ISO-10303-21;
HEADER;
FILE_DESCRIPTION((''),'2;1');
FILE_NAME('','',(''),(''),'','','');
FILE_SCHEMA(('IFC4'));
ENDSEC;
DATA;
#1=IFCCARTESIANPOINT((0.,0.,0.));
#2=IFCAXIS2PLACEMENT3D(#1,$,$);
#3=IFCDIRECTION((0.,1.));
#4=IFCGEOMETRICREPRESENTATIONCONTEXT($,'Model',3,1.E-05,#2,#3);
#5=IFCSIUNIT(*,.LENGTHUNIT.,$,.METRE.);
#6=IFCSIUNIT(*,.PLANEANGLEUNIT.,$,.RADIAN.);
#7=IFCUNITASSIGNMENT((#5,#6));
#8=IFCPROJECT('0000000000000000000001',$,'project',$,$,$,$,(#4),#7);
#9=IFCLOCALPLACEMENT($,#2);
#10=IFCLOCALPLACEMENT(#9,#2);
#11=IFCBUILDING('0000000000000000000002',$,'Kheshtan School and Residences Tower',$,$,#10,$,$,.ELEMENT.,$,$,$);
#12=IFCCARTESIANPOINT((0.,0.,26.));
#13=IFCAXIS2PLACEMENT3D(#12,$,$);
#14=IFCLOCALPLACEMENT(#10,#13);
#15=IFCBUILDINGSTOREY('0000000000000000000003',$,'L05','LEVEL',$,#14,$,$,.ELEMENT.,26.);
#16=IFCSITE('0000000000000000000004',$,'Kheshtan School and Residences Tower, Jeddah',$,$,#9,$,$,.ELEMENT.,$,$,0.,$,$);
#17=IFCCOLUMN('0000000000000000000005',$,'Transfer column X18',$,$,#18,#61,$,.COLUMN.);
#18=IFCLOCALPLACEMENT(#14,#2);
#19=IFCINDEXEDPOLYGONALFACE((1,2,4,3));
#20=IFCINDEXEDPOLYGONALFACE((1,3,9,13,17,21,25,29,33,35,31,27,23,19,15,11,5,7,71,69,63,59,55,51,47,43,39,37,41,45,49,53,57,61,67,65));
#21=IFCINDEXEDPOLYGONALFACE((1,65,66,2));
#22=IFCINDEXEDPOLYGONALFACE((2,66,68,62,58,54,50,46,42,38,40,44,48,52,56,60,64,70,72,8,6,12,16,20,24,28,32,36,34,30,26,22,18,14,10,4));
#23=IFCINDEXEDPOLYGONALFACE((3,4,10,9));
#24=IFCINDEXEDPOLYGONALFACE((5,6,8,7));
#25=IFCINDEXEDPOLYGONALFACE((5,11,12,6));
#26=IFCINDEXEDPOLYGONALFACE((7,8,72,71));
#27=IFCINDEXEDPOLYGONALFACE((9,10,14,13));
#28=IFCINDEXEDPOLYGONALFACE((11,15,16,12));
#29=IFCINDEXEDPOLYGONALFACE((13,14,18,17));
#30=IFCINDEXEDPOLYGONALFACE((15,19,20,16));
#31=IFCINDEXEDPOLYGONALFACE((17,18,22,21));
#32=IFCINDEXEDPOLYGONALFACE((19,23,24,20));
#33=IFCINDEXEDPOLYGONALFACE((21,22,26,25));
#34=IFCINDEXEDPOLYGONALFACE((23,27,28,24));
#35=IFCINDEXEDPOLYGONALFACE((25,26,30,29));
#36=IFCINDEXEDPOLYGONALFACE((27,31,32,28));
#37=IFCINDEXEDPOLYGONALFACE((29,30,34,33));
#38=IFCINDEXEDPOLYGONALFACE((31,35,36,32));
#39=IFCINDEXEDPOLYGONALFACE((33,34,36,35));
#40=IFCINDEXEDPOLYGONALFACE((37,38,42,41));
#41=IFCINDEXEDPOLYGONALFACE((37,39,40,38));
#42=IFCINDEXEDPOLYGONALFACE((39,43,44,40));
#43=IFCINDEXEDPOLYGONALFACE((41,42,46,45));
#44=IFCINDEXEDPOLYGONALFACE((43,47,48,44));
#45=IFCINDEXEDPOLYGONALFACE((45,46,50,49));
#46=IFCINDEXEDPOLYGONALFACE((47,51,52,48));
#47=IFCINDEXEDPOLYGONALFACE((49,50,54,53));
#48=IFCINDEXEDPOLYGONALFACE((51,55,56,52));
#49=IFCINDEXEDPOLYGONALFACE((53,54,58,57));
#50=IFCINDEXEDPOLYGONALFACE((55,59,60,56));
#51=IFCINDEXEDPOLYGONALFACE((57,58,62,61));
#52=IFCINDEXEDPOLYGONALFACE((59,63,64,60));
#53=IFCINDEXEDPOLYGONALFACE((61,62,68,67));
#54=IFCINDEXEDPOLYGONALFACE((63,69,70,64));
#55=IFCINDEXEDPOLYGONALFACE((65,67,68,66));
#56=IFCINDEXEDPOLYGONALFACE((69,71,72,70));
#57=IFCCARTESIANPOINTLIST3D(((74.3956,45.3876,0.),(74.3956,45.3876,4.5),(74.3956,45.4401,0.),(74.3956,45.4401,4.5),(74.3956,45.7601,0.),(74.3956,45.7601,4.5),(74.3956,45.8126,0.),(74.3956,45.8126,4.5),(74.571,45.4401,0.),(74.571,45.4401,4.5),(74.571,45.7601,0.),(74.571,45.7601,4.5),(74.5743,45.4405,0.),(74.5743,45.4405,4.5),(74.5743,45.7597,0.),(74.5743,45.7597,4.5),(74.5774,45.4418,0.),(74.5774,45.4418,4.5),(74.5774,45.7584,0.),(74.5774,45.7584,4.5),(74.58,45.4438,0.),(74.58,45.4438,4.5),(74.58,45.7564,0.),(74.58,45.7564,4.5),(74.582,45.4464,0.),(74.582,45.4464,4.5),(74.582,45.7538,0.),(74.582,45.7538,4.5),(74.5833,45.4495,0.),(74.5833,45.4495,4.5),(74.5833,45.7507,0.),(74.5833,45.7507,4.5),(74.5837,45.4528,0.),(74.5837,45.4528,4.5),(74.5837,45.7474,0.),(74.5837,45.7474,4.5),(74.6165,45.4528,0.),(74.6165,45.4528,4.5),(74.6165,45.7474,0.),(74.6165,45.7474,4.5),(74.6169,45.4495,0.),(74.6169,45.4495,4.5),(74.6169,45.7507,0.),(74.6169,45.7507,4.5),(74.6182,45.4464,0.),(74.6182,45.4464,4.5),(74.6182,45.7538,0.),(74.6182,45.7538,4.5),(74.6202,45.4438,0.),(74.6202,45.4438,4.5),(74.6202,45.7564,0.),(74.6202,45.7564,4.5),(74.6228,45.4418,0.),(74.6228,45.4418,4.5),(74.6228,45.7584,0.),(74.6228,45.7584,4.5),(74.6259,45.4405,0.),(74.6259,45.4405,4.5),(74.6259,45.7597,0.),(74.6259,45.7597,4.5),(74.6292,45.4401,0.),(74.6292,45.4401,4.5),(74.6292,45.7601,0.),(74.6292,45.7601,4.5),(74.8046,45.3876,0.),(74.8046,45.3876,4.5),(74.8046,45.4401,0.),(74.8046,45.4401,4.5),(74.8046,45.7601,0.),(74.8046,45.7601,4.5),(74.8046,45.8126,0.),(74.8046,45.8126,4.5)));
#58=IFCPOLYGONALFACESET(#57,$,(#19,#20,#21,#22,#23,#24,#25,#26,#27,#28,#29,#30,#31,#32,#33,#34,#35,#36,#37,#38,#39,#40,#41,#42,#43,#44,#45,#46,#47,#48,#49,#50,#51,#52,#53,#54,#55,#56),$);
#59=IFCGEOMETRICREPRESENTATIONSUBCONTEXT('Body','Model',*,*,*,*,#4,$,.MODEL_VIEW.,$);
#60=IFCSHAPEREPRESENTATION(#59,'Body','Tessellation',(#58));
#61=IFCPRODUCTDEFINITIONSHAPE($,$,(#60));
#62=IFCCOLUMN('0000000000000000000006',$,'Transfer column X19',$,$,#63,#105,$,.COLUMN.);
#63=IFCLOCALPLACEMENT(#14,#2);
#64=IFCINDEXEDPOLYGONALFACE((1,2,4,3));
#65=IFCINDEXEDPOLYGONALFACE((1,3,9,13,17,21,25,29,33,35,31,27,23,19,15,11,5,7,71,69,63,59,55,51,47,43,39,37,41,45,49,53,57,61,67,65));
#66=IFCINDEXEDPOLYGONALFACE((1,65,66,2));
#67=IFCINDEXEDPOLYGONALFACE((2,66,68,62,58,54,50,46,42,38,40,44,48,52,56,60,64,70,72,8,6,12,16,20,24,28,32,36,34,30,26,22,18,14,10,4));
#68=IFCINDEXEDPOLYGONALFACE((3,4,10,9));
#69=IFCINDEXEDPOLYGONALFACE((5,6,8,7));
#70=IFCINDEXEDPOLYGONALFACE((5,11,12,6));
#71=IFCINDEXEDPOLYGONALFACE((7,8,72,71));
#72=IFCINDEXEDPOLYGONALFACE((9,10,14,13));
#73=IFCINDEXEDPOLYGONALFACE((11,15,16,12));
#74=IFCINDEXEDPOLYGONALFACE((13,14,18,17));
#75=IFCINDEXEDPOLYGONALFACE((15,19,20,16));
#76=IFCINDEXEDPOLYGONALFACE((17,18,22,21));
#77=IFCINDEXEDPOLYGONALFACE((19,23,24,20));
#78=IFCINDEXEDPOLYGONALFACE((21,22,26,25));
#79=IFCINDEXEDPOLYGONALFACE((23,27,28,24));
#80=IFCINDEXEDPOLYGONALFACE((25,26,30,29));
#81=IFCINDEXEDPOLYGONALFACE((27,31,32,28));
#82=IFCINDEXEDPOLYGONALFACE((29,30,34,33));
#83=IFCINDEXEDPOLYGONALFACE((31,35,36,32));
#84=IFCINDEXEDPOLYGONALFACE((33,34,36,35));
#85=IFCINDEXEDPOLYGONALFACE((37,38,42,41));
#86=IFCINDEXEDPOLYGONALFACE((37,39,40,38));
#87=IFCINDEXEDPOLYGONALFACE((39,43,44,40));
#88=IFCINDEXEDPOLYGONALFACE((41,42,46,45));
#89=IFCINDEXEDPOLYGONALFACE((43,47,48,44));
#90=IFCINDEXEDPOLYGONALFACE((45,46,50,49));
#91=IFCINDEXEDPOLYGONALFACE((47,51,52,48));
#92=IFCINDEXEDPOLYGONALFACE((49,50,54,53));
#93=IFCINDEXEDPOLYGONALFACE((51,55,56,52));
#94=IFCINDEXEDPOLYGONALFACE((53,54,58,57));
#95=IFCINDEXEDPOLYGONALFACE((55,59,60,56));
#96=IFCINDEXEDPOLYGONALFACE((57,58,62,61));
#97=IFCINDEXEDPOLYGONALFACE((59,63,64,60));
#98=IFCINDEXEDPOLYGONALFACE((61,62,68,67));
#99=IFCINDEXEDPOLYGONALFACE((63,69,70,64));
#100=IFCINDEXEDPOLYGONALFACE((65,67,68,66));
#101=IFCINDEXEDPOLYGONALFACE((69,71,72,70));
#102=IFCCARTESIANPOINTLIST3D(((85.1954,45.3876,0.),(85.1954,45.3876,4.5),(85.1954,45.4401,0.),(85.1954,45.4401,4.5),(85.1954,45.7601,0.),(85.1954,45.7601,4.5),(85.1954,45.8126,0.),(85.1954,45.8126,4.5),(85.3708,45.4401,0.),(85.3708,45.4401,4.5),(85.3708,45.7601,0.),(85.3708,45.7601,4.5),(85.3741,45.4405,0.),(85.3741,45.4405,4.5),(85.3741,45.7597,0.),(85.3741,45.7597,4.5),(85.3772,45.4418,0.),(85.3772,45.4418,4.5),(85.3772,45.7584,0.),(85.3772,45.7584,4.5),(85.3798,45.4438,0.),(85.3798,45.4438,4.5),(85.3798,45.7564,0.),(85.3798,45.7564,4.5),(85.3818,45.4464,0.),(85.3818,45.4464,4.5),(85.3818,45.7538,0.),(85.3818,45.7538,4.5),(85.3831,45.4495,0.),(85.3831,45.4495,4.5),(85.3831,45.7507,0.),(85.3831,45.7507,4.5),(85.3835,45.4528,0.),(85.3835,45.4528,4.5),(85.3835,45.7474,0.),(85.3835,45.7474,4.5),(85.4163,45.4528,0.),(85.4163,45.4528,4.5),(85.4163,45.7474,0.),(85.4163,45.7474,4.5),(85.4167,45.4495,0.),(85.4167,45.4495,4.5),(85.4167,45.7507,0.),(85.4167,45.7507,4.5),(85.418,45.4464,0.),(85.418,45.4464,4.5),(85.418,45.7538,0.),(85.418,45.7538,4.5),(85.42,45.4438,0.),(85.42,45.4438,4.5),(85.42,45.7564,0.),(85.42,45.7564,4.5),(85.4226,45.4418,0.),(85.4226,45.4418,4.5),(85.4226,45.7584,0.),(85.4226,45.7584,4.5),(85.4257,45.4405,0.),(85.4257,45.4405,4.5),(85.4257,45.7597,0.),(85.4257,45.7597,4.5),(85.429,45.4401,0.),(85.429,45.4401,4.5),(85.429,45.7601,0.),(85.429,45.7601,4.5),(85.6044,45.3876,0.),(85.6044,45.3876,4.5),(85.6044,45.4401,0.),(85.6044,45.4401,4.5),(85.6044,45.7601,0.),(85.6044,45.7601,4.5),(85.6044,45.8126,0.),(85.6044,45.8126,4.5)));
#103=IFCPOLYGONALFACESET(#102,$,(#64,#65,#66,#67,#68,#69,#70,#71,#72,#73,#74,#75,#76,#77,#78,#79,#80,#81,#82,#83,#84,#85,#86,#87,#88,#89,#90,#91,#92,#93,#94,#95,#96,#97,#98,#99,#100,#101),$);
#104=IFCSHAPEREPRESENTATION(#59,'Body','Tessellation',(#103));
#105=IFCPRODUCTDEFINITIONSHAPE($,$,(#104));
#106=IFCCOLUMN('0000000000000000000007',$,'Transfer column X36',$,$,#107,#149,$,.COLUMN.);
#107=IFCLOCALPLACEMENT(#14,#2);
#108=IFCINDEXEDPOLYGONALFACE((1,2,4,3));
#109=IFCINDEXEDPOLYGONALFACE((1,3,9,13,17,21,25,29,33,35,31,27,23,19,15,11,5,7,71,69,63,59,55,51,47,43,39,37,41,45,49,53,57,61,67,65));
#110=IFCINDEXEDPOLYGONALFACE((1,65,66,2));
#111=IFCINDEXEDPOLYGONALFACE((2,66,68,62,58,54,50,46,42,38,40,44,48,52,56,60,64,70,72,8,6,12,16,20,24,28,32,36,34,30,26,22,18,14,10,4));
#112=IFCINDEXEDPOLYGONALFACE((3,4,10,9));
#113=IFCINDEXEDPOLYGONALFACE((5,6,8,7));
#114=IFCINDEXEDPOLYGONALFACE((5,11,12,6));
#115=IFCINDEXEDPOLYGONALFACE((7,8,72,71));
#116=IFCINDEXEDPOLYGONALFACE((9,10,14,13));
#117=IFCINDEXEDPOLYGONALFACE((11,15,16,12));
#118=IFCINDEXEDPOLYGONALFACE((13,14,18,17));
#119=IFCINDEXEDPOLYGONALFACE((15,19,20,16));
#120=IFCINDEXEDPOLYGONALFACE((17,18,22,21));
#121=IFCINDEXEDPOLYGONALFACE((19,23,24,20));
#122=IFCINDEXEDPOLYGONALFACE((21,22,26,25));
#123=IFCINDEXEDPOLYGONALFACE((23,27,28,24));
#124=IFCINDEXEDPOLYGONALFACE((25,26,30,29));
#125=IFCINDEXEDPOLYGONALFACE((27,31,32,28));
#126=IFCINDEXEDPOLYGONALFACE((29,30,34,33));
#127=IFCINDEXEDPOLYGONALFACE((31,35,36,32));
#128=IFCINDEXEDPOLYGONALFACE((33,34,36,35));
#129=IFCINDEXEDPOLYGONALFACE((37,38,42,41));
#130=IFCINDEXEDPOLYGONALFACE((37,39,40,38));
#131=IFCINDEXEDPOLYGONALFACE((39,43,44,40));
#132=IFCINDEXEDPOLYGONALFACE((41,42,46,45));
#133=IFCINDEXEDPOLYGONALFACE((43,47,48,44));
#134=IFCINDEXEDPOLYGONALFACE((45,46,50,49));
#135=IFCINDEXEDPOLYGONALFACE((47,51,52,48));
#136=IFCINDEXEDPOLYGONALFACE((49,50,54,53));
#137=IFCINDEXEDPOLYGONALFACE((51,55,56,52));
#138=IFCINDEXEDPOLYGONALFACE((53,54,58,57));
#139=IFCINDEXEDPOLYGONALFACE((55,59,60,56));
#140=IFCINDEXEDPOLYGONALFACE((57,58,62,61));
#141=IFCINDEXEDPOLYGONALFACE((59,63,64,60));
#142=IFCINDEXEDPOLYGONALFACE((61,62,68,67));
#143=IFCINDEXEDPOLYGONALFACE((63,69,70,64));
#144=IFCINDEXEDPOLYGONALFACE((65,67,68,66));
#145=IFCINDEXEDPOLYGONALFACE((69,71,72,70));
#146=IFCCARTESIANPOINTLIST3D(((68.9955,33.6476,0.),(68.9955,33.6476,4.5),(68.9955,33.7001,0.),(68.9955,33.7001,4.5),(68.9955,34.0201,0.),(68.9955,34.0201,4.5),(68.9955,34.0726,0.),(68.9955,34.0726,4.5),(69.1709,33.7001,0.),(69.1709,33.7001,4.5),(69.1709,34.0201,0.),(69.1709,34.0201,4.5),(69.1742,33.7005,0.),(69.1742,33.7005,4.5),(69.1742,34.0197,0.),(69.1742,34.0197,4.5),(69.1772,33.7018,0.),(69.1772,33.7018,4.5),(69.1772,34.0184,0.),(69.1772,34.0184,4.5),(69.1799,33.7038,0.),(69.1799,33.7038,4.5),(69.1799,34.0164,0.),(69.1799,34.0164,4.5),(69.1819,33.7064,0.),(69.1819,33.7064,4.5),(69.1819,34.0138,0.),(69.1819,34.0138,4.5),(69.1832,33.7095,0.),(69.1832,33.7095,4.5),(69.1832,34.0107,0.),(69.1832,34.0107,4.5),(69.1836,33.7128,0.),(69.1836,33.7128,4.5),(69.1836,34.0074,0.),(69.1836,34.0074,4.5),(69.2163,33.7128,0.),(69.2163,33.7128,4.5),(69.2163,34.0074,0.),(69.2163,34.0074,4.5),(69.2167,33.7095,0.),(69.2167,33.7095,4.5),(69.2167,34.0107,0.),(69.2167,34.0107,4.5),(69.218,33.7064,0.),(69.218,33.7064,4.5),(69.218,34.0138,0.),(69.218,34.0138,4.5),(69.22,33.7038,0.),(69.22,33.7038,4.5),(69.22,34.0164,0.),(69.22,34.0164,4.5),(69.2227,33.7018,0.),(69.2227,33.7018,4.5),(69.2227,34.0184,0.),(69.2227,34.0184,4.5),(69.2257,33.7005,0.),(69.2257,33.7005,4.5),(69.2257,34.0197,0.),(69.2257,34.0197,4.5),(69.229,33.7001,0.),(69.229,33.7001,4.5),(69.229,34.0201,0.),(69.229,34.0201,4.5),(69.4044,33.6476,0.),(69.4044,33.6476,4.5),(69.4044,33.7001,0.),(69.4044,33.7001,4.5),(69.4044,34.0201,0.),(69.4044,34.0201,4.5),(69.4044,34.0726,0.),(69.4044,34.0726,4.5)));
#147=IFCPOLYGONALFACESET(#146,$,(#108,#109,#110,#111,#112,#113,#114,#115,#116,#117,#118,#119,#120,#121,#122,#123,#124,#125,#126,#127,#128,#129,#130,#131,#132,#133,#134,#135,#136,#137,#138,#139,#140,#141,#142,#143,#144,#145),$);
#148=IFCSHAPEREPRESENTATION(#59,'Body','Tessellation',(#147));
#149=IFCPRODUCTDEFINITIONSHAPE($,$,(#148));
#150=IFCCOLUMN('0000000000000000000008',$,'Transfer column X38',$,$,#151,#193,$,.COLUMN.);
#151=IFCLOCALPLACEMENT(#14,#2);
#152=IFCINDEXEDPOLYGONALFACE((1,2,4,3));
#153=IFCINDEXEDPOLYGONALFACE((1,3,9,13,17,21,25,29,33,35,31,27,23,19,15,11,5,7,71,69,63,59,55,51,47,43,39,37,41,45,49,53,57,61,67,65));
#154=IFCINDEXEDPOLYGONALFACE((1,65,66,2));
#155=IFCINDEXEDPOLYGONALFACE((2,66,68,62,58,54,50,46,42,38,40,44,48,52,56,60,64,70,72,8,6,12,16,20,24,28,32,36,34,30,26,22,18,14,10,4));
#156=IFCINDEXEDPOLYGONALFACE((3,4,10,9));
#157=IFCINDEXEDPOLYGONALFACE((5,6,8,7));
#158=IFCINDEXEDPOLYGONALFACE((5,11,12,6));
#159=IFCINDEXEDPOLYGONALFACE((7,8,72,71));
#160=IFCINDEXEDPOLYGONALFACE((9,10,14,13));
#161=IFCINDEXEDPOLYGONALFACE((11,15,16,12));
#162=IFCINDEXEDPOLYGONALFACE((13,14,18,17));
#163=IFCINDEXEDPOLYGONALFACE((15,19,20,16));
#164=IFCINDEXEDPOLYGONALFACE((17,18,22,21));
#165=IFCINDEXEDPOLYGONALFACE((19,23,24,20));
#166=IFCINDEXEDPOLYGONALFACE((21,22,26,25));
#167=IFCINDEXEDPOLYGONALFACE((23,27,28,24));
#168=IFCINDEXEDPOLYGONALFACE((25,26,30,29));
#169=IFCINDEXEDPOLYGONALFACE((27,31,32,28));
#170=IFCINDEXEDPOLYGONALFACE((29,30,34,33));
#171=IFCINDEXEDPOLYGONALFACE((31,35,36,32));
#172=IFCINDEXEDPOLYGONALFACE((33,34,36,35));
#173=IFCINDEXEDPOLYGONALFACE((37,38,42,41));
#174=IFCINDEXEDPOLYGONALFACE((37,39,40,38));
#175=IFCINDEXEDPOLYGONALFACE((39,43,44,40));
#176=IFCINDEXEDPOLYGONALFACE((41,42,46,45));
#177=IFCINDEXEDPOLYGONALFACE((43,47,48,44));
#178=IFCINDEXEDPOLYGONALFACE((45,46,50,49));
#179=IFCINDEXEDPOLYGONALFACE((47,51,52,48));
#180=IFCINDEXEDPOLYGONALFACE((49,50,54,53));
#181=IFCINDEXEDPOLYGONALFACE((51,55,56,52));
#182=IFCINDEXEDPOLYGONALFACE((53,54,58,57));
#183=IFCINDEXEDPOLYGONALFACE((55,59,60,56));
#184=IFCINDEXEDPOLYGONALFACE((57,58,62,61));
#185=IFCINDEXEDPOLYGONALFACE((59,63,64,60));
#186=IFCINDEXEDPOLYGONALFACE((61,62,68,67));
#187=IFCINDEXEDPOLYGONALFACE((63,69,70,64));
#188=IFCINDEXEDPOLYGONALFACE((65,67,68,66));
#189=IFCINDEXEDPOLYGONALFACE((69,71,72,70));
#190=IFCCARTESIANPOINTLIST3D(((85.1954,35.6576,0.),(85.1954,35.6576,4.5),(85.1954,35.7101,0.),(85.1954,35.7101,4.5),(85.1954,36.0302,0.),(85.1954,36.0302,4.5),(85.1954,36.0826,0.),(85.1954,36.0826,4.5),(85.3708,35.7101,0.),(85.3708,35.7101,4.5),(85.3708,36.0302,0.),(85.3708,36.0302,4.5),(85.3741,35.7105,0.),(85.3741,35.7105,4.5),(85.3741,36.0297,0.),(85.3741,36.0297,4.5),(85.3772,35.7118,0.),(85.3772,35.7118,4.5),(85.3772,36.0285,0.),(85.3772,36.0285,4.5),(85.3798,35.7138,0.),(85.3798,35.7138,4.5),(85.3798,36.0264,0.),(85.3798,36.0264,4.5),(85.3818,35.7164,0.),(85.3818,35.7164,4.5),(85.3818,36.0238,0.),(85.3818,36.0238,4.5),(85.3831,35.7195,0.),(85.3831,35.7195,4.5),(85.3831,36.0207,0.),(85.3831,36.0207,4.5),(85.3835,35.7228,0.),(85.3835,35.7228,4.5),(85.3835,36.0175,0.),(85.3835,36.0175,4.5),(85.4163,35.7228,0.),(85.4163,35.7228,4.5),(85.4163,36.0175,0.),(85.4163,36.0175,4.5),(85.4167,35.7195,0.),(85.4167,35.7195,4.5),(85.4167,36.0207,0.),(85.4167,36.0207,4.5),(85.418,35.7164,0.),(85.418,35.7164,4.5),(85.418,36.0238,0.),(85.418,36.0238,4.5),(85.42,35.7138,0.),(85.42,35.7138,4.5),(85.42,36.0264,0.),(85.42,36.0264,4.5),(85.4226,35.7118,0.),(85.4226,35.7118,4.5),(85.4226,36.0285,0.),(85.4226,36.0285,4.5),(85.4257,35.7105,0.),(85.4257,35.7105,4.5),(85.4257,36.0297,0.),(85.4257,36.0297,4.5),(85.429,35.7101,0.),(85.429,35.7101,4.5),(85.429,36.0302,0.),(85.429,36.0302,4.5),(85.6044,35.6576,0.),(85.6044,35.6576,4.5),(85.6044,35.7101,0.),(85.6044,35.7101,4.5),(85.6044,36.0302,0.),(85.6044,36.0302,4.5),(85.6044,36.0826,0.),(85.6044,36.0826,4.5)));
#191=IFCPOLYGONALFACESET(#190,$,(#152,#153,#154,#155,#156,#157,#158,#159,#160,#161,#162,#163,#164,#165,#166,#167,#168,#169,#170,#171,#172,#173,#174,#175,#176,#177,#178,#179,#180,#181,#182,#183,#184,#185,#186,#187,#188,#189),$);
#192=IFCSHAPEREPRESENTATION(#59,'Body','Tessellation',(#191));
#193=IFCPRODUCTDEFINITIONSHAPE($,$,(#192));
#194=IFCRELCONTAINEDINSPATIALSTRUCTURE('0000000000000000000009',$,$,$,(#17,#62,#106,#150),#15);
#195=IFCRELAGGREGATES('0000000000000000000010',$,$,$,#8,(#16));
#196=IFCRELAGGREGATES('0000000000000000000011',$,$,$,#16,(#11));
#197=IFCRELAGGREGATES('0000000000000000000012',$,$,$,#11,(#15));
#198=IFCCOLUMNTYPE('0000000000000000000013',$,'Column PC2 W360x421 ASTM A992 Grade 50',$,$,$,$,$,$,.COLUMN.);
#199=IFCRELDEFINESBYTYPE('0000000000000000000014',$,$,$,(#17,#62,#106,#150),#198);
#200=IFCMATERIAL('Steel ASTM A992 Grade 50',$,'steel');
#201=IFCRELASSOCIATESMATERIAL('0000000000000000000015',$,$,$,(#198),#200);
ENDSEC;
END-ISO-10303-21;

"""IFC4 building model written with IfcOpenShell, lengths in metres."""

from ifc_helpers import new_model, si_unit, direction, frame, origin, origin_2d, place, context, subcontext, project, spatial, i_section, extrude, material, material_profile, profile_set, type_object, element, save


model = new_model("IFC4")

# Units and contexts
model_context = context("Model", 3, precision=1e-05, world=origin(), true_north=direction((0.0, 1.0)))
body_context = subcontext(model_context, "Body", "Model", "MODEL_VIEW")
ifc_project = project(units=[si_unit("LENGTHUNIT", "METRE"), si_unit("PLANEANGLEUNIT", "RADIAN")], contexts=[model_context])

# Site, building, storey
site_placement = place(None, origin())
site = spatial("IfcSite", under=ifc_project, at=site_placement, Name="Kheshtan School and Residences Tower, Jeddah", CompositionType="ELEMENT", RefElevation=0.0)
building_placement = place(site_placement, origin())
building = spatial("IfcBuilding", under=site, at=building_placement, Name="Kheshtan School and Residences Tower", CompositionType="ELEMENT")
storey_placement = place(building_placement, frame((0.0, 0.0, 26.0)))
storey = spatial("IfcBuildingStorey", under=building, at=storey_placement, Name="L05", Description="LEVEL", CompositionType="ELEMENT", Elevation=26.0)

# Columns
ifc_material_1 = material(Name="Steel ASTM A992 Grade 50", Category="steel")
ifc_material_profile = material_profile(ifc_material_1, i_section(OverallWidth=0.4089, OverallDepth=0.425, WebThickness=0.0327, FlangeThickness=0.0525, FilletRadius=0.0127, at=origin_2d()), Name="W360x421")
ifc_profile_set = profile_set([ifc_material_profile], Name="Steel ASTM A992 Grade 50")
column_type = type_object("IfcColumnType", Name="Column PC2 W360x421 ASTM A992 Grade 50", PredefinedType="COLUMN", material=ifc_profile_set)
for number, where, z_axis, x_axis, name in (
    (1, (74.6001, 45.6001, 0.0), (0.0, 0.0, 1.0), (1.0, 0.0, 0.0), "Transfer column X18"),
    (2, (85.3999, 45.6001, 0.0), (0.0, 0.0, 1.0), (1.0, 0.0, 0.0), "Transfer column X19"),
    (3, (69.2, 33.8601, 0.0), (0.0, 0.0, 1.0), (1.0, 0.0, 0.0), "Transfer column X36"),
    (4, (85.3999, 35.8701, 0.0), (0.0, 0.0, 1.0), (1.0, 0.0, 0.0), "Transfer column X38"),
):
    element("IfcColumn", number, at=place(storey_placement, frame(where, z_axis=z_axis, x_axis=x_axis)), inside=storey, type_object=column_type, Name=name, PredefinedType="COLUMN", context=body_context, shape_type="SweptSolid", body=[
        extrude(i_section(OverallWidth=0.4089, OverallDepth=0.425, WebThickness=0.0327, FlangeThickness=0.0525, FilletRadius=0.0127, at=origin_2d()), origin(), (0.0, 0.0, 1.0), 4.5),
    ])

save(model, "model.ifc")
